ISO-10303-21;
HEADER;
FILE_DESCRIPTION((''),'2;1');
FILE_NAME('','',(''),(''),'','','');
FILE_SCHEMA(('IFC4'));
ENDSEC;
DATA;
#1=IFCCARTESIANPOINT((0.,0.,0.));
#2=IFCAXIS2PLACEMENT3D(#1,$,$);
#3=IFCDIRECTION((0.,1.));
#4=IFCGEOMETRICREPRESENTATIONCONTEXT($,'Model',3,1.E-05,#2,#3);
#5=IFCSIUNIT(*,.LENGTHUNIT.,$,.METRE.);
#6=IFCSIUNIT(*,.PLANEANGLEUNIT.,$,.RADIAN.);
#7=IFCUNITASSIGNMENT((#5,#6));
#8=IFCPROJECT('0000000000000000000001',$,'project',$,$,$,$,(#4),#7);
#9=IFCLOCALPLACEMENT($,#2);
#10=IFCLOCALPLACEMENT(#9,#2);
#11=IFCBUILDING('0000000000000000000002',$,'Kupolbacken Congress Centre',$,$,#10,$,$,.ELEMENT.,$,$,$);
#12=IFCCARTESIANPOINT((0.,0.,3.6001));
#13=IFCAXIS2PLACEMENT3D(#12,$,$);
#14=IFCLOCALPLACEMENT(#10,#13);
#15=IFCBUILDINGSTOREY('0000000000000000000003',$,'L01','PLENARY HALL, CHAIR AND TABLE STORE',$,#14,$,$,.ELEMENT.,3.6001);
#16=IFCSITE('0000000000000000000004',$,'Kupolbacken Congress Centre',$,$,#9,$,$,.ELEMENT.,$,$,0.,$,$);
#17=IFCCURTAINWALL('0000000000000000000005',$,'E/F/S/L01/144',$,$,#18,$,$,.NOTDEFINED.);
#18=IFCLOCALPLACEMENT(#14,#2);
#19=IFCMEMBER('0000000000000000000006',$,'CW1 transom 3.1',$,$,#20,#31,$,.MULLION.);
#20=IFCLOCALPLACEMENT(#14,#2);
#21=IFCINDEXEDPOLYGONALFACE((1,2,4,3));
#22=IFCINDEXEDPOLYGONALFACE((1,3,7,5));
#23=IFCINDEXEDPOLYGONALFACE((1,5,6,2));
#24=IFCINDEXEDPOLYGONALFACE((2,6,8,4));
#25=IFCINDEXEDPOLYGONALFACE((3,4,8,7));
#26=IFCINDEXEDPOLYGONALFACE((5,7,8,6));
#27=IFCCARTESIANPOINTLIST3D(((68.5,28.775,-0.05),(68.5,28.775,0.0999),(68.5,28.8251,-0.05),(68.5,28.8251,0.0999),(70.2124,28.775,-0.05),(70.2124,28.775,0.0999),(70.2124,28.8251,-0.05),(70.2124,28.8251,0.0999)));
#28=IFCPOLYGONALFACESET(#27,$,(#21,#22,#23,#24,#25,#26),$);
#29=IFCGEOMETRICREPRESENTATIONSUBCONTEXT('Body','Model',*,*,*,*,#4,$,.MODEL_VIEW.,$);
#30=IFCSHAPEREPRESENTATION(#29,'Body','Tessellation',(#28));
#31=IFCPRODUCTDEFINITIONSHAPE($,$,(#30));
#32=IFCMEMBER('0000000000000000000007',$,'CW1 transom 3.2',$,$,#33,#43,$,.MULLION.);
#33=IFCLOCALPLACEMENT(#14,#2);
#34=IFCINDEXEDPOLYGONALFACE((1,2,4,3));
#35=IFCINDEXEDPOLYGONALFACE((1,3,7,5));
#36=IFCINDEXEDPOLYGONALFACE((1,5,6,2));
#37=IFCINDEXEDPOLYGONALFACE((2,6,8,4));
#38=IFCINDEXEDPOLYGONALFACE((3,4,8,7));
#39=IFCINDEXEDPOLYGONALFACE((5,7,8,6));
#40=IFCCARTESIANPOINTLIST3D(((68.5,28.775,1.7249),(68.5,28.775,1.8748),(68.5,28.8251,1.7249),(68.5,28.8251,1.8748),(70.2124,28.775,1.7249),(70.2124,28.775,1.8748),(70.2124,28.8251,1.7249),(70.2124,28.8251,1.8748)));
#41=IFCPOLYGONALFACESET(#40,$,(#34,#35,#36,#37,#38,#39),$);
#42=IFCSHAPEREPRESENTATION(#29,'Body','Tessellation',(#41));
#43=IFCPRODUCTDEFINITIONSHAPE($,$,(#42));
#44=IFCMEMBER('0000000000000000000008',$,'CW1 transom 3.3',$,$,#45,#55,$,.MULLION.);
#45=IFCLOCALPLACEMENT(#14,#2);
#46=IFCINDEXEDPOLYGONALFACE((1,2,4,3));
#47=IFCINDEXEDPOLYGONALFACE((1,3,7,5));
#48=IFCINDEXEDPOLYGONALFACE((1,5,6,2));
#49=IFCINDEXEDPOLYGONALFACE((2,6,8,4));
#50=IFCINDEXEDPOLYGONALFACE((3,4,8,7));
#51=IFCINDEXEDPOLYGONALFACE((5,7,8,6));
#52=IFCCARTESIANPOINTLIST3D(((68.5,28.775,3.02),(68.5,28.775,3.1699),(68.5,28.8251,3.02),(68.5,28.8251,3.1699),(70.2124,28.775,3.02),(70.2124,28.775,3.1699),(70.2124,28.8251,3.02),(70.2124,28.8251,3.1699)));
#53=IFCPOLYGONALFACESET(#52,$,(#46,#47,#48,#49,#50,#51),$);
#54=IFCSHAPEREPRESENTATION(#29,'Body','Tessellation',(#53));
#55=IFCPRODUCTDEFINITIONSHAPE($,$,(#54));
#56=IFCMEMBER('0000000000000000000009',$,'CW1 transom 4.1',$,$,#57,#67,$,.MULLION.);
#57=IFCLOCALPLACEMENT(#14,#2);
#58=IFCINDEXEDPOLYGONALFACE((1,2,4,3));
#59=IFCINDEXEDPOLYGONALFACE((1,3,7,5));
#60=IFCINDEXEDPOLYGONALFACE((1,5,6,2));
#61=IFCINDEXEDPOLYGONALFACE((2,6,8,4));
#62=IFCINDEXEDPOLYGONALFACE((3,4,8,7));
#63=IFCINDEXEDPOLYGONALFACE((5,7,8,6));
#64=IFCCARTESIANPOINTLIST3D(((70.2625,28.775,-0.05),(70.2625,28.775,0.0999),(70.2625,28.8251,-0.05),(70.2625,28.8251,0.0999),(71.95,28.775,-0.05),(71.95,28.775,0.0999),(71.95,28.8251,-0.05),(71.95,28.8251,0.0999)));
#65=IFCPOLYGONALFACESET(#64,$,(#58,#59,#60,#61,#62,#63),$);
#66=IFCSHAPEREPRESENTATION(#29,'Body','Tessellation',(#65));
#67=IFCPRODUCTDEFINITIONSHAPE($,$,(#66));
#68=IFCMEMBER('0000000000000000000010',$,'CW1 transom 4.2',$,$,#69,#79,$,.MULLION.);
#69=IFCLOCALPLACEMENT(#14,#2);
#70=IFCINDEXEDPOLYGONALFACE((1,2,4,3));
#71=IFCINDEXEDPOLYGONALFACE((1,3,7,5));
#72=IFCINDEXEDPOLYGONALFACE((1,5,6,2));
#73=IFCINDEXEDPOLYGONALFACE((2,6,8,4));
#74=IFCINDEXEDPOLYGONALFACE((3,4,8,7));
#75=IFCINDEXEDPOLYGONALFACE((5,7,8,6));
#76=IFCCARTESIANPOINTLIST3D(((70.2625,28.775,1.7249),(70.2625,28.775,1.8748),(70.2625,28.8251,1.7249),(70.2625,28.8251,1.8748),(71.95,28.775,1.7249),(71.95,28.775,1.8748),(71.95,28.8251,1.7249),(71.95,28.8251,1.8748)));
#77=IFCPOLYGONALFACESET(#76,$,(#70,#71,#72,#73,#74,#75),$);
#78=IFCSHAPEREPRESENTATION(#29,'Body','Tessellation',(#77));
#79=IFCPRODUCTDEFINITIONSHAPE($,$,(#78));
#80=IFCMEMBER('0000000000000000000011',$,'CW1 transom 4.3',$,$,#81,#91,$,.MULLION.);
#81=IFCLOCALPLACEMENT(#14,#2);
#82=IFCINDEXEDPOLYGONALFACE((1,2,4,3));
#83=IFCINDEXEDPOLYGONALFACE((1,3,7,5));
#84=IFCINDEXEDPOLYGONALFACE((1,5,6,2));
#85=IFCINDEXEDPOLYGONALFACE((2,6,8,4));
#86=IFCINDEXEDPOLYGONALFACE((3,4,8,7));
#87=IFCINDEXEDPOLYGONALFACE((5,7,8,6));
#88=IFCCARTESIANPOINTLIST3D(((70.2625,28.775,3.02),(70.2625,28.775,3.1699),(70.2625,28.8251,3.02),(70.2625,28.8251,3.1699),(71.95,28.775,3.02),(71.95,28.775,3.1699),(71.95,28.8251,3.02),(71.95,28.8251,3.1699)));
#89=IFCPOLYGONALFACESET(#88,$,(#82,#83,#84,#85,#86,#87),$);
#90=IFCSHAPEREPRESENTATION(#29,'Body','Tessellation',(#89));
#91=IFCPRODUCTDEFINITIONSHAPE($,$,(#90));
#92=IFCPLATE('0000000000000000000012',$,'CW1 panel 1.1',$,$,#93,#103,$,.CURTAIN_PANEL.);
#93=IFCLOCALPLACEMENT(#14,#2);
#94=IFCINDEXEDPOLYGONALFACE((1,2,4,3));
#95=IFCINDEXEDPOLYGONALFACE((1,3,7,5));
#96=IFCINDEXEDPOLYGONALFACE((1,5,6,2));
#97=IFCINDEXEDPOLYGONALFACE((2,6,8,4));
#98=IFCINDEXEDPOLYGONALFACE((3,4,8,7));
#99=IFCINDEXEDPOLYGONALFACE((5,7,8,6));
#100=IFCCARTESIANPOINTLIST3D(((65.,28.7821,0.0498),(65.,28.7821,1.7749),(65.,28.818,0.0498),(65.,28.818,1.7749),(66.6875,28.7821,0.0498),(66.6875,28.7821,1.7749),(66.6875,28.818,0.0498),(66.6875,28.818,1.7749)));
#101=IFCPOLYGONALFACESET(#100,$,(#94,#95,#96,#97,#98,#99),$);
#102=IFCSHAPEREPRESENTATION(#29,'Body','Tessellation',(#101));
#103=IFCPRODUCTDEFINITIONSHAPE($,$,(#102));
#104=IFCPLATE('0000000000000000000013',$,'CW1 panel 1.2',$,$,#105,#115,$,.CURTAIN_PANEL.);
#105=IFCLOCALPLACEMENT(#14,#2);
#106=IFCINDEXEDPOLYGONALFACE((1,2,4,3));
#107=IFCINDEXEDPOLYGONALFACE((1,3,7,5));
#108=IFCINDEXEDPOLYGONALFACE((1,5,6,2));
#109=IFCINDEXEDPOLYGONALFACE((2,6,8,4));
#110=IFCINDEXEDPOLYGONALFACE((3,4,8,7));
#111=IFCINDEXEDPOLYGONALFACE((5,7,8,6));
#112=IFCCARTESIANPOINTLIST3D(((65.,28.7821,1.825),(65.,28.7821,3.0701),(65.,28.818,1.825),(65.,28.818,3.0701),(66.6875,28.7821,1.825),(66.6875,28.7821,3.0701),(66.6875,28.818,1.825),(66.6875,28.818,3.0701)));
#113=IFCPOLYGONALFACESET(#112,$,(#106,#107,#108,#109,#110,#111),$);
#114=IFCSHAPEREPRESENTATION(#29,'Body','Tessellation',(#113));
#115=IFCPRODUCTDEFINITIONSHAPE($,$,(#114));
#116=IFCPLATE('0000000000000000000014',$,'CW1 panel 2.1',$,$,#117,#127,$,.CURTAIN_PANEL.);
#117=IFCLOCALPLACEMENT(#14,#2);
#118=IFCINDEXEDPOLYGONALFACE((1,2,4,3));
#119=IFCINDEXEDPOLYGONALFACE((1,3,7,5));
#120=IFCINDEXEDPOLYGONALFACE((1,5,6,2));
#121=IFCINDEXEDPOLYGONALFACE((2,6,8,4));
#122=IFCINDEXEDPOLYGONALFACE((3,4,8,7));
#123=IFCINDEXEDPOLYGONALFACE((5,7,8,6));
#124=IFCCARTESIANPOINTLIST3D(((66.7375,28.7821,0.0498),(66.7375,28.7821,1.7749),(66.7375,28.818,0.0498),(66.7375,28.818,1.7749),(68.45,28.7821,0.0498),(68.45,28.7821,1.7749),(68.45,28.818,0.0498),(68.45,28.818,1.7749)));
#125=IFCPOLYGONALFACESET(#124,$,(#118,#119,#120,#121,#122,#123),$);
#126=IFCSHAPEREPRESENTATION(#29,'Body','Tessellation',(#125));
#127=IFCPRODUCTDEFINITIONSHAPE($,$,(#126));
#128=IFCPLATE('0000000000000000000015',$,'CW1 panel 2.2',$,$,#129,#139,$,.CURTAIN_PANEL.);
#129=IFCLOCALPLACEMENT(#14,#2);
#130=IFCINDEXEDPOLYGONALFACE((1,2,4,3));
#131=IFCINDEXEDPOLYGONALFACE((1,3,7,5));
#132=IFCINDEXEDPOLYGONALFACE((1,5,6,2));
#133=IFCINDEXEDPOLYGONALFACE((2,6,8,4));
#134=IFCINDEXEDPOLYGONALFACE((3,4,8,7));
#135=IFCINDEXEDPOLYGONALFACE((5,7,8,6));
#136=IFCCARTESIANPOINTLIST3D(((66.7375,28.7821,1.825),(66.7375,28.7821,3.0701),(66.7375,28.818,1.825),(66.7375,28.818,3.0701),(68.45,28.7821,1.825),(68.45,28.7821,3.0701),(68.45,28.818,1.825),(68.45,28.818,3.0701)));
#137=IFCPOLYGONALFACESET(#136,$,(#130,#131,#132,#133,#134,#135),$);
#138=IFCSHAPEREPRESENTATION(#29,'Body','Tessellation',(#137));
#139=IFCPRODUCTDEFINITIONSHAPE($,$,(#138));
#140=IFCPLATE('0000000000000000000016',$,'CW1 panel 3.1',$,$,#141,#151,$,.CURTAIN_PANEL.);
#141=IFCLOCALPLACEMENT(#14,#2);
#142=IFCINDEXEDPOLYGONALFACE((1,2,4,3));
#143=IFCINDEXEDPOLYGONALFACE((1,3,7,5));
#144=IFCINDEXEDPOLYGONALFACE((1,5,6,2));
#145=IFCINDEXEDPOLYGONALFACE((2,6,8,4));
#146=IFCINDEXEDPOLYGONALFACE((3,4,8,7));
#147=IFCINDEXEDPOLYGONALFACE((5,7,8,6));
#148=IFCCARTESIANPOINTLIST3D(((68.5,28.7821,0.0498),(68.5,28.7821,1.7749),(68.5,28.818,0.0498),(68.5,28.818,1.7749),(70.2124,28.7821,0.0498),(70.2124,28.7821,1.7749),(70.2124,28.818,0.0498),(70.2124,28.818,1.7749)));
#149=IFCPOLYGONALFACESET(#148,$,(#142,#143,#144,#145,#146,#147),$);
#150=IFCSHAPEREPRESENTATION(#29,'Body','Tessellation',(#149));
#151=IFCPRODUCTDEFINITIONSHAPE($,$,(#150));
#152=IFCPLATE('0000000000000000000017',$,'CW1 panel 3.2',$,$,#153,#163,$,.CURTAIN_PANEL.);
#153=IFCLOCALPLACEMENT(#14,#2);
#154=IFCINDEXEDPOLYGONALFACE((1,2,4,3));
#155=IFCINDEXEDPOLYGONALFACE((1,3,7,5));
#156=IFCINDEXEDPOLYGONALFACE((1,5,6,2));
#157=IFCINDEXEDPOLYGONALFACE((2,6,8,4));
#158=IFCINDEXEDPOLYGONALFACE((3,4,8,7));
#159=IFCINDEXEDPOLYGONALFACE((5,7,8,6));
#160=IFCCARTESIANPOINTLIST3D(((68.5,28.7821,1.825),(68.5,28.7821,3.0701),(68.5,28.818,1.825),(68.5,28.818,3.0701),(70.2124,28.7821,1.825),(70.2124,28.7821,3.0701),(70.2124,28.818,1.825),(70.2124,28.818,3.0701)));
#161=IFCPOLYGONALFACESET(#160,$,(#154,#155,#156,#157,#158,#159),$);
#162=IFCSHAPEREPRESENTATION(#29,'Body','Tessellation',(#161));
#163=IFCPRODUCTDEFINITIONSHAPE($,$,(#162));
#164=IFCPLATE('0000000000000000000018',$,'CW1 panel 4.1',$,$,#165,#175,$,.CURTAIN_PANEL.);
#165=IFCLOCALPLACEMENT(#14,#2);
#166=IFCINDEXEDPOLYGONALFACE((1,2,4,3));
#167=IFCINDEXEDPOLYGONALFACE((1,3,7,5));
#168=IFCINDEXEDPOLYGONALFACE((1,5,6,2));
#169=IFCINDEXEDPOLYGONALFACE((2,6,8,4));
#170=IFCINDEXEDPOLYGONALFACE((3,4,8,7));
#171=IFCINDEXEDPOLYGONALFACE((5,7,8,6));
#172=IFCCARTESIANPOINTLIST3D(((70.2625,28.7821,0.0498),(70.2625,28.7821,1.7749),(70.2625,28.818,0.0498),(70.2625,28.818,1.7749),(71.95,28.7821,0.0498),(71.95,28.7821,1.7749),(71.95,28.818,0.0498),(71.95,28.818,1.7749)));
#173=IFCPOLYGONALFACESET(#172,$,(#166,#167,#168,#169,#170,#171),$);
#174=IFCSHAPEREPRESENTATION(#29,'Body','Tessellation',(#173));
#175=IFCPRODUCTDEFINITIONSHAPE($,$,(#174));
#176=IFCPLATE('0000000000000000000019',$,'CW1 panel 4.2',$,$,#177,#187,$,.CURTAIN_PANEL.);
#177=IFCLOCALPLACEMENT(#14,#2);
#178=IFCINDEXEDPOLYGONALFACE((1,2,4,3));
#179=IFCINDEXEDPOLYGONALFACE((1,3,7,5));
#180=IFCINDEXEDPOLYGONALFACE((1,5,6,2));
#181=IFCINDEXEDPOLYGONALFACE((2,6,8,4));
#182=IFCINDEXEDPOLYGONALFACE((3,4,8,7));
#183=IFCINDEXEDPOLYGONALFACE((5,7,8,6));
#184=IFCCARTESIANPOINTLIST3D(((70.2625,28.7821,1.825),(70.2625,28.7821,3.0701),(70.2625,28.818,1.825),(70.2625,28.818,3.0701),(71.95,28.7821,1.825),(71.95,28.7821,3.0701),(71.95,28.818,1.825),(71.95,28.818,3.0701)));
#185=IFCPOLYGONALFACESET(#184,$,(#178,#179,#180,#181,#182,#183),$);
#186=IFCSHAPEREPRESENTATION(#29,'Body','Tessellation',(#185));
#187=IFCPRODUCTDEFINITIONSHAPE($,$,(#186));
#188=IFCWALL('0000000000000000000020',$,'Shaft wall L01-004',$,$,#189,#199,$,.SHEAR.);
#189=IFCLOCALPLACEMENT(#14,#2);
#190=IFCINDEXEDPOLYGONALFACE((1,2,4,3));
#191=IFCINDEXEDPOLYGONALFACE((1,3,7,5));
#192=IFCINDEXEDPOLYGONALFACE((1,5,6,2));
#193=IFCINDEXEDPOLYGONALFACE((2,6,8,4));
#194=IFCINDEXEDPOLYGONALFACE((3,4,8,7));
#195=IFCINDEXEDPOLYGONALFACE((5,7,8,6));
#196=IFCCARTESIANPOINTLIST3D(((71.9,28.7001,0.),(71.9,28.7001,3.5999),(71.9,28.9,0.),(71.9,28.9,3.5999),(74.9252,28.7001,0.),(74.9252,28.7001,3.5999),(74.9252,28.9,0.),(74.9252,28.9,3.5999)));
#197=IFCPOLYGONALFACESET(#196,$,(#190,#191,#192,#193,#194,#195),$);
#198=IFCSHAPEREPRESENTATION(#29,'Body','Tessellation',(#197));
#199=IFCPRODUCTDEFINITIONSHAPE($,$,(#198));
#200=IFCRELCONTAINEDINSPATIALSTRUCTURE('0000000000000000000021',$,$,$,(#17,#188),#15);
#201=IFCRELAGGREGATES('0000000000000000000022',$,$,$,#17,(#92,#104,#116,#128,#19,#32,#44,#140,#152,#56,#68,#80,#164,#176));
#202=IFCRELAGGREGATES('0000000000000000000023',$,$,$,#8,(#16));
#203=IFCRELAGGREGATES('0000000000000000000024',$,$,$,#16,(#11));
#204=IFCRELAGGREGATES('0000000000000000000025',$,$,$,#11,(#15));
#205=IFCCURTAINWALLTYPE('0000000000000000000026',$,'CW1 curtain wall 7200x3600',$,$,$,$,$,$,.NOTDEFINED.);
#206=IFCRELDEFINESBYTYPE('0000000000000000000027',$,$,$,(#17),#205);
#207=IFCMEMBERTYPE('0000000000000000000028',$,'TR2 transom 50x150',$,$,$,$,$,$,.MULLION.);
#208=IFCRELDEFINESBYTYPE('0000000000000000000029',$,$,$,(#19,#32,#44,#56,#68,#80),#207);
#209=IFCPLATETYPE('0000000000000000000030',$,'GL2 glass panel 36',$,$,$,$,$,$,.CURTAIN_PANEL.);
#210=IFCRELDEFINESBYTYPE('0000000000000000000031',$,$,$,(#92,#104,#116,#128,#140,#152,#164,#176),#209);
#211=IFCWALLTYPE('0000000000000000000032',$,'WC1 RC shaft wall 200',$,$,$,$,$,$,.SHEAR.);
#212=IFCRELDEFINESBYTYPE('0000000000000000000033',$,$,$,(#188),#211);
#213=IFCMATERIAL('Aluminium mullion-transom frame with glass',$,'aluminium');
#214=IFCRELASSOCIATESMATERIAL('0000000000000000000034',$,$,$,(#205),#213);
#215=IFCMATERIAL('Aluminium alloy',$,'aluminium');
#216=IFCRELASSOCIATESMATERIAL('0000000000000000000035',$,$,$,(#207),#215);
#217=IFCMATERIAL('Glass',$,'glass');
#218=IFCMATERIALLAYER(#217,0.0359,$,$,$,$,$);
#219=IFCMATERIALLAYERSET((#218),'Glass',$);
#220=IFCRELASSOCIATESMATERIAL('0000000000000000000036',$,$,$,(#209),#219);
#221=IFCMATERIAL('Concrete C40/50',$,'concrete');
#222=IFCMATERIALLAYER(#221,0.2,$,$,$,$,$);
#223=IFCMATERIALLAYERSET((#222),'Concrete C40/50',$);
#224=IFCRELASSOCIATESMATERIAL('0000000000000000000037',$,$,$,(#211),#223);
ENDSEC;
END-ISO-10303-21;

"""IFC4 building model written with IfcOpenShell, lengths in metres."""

from ifc_helpers import new_model, si_unit, direction, frame, frame_2d, origin, origin_2d, place, context, subcontext, project, spatial, rectangle, extrude, material, layer, layer_set, material_profile, profile_set, type_object, element, aggregate, save


model = new_model("IFC4")

# Units and contexts
model_context = context("Model", 3, precision=1e-05, world=origin(), true_north=direction((0.0, 1.0)))
body_context = subcontext(model_context, "Body", "Model", "MODEL_VIEW")
ifc_project = project(units=[si_unit("LENGTHUNIT", "METRE"), si_unit("PLANEANGLEUNIT", "RADIAN")], contexts=[model_context])

# Site, building, storey
site_placement = place(None, origin())
site = spatial("IfcSite", under=ifc_project, at=site_placement, Name="Kupolbacken Congress Centre", CompositionType="ELEMENT", RefElevation=0.0)
building_placement = place(site_placement, origin())
building = spatial("IfcBuilding", under=site, at=building_placement, Name="Kupolbacken Congress Centre", CompositionType="ELEMENT")
storey_placement = place(building_placement, frame((0.0, 0.0, 3.6001)))
storey = spatial("IfcBuildingStorey", under=building, at=storey_placement, Name="L01", Description="PLENARY HALL, CHAIR AND TABLE STORE", CompositionType="ELEMENT", Elevation=3.6001)

# Curtain wall, members, plates
ifc_material_1 = material(Name="Aluminium mullion-transom frame with glass", Category="aluminium")
curtain_wall_type = type_object("IfcCurtainWallType", Name="CW1 curtain wall 7200x3600", PredefinedType="NOTDEFINED", material=ifc_material_1)
curtain_wall_placement = place(storey_placement, origin())
curtain_wall = element("IfcCurtainWall", 1, at=curtain_wall_placement, inside=storey, type_object=curtain_wall_type, Name="E/F/S/L01/144", PredefinedType="NOTDEFINED")
ifc_material_2 = material(Name="Aluminium alloy", Category="aluminium")
ifc_material_profile_1 = material_profile(ifc_material_2, rectangle(XDim=0.05, YDim=0.1499, at=origin_2d()), Name="50 x 150")
ifc_profile_set_1 = profile_set([ifc_material_profile_1], Name="Aluminium alloy")
member_type_1 = type_object("IfcMemberType", Name="TR2 transom 50x150", PredefinedType="MULLION", material=ifc_profile_set_1)
member_1_placement = place(storey_placement, frame((68.5, 28.8, 0.0249), z_axis=(1.0, 0.0, 0.0), x_axis=(0.0, 1.0, 0.0)))
member_1 = element("IfcMember", 2, at=member_1_placement, type_object=member_type_1, Name="CW1 transom 3.1", PredefinedType="MULLION", context=body_context, shape_type="SweptSolid", body=[
    extrude(rectangle(XDim=0.05, YDim=0.1499, at=origin_2d()), origin(), (0.0, 0.0, 1.0), 1.7124),
])
member_2_placement = place(storey_placement, frame((68.5, 28.8, 1.7998), z_axis=(1.0, 0.0, 0.0), x_axis=(0.0, 1.0, 0.0)))
member_2 = element("IfcMember", 3, at=member_2_placement, type_object=member_type_1, Name="CW1 transom 3.2", PredefinedType="MULLION", context=body_context, shape_type="SweptSolid", body=[
    extrude(rectangle(XDim=0.05, YDim=0.1499, at=origin_2d()), origin(), (0.0, 0.0, 1.0), 1.7124),
])
member_3_placement = place(storey_placement, frame((68.5, 28.8, 3.095), z_axis=(1.0, 0.0, 0.0), x_axis=(0.0, 1.0, 0.0)))
member_3 = element("IfcMember", 4, at=member_3_placement, type_object=member_type_1, Name="CW1 transom 3.3", PredefinedType="MULLION", context=body_context, shape_type="SweptSolid", body=[
    extrude(rectangle(XDim=0.05, YDim=0.1499, at=origin_2d()), origin(), (0.0, 0.0, 1.0), 1.7124),
])
member_4_placement = place(storey_placement, frame((70.2625, 28.8, 0.0249), z_axis=(1.0, 0.0, 0.0), x_axis=(0.0, 1.0, 0.0)))
member_4 = element("IfcMember", 5, at=member_4_placement, type_object=member_type_1, Name="CW1 transom 4.1", PredefinedType="MULLION", context=body_context, shape_type="SweptSolid", body=[
    extrude(rectangle(XDim=0.05, YDim=0.1499, at=origin_2d()), origin(), (0.0, 0.0, 1.0), 1.6875),
])
member_5_placement = place(storey_placement, frame((70.2625, 28.8, 1.7998), z_axis=(1.0, 0.0, 0.0), x_axis=(0.0, 1.0, 0.0)))
member_5 = element("IfcMember", 6, at=member_5_placement, type_object=member_type_1, Name="CW1 transom 4.2", PredefinedType="MULLION", context=body_context, shape_type="SweptSolid", body=[
    extrude(rectangle(XDim=0.05, YDim=0.1499, at=origin_2d()), origin(), (0.0, 0.0, 1.0), 1.6875),
])
member_6_placement = place(storey_placement, frame((70.2625, 28.8, 3.095), z_axis=(1.0, 0.0, 0.0), x_axis=(0.0, 1.0, 0.0)))
member_6 = element("IfcMember", 7, at=member_6_placement, type_object=member_type_1, Name="CW1 transom 4.3", PredefinedType="MULLION", context=body_context, shape_type="SweptSolid", body=[
    extrude(rectangle(XDim=0.05, YDim=0.1499, at=origin_2d()), origin(), (0.0, 0.0, 1.0), 1.6875),
])
ifc_material_3 = material(Name="Glass", Category="glass")
ifc_layer_1 = layer(ifc_material_3, 0.0359)
ifc_layer_set_1 = layer_set([ifc_layer_1], Name="Glass")
plate_type = type_object("IfcPlateType", Name="GL2 glass panel 36", PredefinedType="CURTAIN_PANEL", material=ifc_layer_set_1)
plate_1_placement = place(storey_placement, frame((65.8438, 28.8, 0.0498), z_axis=(0.0, 0.0, 1.0), x_axis=(1.0, 0.0, 0.0)))
plate_1 = element("IfcPlate", 8, at=plate_1_placement, type_object=plate_type, Name="CW1 panel 1.1", PredefinedType="CURTAIN_PANEL", context=body_context, shape_type="SweptSolid", body=[
    extrude(rectangle(XDim=1.6875, YDim=0.0359, at=origin_2d()), origin(), (0.0, 0.0, 1.0), 1.7251),
])
plate_2_placement = place(storey_placement, frame((65.8438, 28.8, 1.825), z_axis=(0.0, 0.0, 1.0), x_axis=(1.0, 0.0, 0.0)))
plate_2 = element("IfcPlate", 9, at=plate_2_placement, type_object=plate_type, Name="CW1 panel 1.2", PredefinedType="CURTAIN_PANEL", context=body_context, shape_type="SweptSolid", body=[
    extrude(rectangle(XDim=1.6875, YDim=0.0359, at=origin_2d()), origin(), (0.0, 0.0, 1.0), 1.2451),
])
plate_3_placement = place(storey_placement, frame((67.5938, 28.8, 0.0498), z_axis=(0.0, 0.0, 1.0), x_axis=(1.0, 0.0, 0.0)))
plate_3 = element("IfcPlate", 10, at=plate_3_placement, type_object=plate_type, Name="CW1 panel 2.1", PredefinedType="CURTAIN_PANEL", context=body_context, shape_type="SweptSolid", body=[
    extrude(rectangle(XDim=1.7124, YDim=0.0359, at=origin_2d()), origin(), (0.0, 0.0, 1.0), 1.7251),
])
plate_4_placement = place(storey_placement, frame((67.5938, 28.8, 1.825), z_axis=(0.0, 0.0, 1.0), x_axis=(1.0, 0.0, 0.0)))
plate_4 = element("IfcPlate", 11, at=plate_4_placement, type_object=plate_type, Name="CW1 panel 2.2", PredefinedType="CURTAIN_PANEL", context=body_context, shape_type="SweptSolid", body=[
    extrude(rectangle(XDim=1.7124, YDim=0.0359, at=origin_2d()), origin(), (0.0, 0.0, 1.0), 1.2451),
])
plate_5_placement = place(storey_placement, frame((69.3562, 28.8, 0.0498), z_axis=(0.0, 0.0, 1.0), x_axis=(1.0, 0.0, 0.0)))
plate_5 = element("IfcPlate", 12, at=plate_5_placement, type_object=plate_type, Name="CW1 panel 3.1", PredefinedType="CURTAIN_PANEL", context=body_context, shape_type="SweptSolid", body=[
    extrude(rectangle(XDim=1.7124, YDim=0.0359, at=origin_2d()), origin(), (0.0, 0.0, 1.0), 1.7251),
])
plate_6_placement = place(storey_placement, frame((69.3562, 28.8, 1.825), z_axis=(0.0, 0.0, 1.0), x_axis=(1.0, 0.0, 0.0)))
plate_6 = element("IfcPlate", 13, at=plate_6_placement, type_object=plate_type, Name="CW1 panel 3.2", PredefinedType="CURTAIN_PANEL", context=body_context, shape_type="SweptSolid", body=[
    extrude(rectangle(XDim=1.7124, YDim=0.0359, at=origin_2d()), origin(), (0.0, 0.0, 1.0), 1.2451),
])
plate_7_placement = place(storey_placement, frame((71.1062, 28.8, 0.0498), z_axis=(0.0, 0.0, 1.0), x_axis=(1.0, 0.0, 0.0)))
plate_7 = element("IfcPlate", 14, at=plate_7_placement, type_object=plate_type, Name="CW1 panel 4.1", PredefinedType="CURTAIN_PANEL", context=body_context, shape_type="SweptSolid", body=[
    extrude(rectangle(XDim=1.6875, YDim=0.0359, at=origin_2d()), origin(), (0.0, 0.0, 1.0), 1.7251),
])
plate_8_placement = place(storey_placement, frame((71.1062, 28.8, 1.825), z_axis=(0.0, 0.0, 1.0), x_axis=(1.0, 0.0, 0.0)))
plate_8 = element("IfcPlate", 15, at=plate_8_placement, type_object=plate_type, Name="CW1 panel 4.2", PredefinedType="CURTAIN_PANEL", context=body_context, shape_type="SweptSolid", body=[
    extrude(rectangle(XDim=1.6875, YDim=0.0359, at=origin_2d()), origin(), (0.0, 0.0, 1.0), 1.2451),
])
aggregate(curtain_wall, [plate_1, plate_2, plate_3, plate_4, member_1, member_2, member_3, plate_5, plate_6, member_4, member_5, member_6, plate_7, plate_8])

# Wall
ifc_material_4 = material(Name="Concrete C40/50", Category="concrete")
ifc_layer_2 = layer(ifc_material_4, 0.2)
ifc_layer_set_2 = layer_set([ifc_layer_2], Name="Concrete C40/50")
wall_type = type_object("IfcWallType", Name="WC1 RC shaft wall 200", PredefinedType="SHEAR", material=ifc_layer_set_2)
wall_placement = place(storey_placement, frame((71.8999, 28.8, 0.0), z_axis=(0.0, 0.0, 1.0), x_axis=(1.0, 0.0, 0.0)))
element("IfcWall", 16, at=wall_placement, inside=storey, type_object=wall_type, Name="Shaft wall L01-004", PredefinedType="SHEAR", context=body_context, shape_type="SweptSolid", body=[
    extrude(rectangle(XDim=3.0251, YDim=0.2, at=frame_2d((1.5127, 0.0))), origin(), (0.0, 0.0, 1.0), 3.5999),
])

save(model, "model.ifc")
